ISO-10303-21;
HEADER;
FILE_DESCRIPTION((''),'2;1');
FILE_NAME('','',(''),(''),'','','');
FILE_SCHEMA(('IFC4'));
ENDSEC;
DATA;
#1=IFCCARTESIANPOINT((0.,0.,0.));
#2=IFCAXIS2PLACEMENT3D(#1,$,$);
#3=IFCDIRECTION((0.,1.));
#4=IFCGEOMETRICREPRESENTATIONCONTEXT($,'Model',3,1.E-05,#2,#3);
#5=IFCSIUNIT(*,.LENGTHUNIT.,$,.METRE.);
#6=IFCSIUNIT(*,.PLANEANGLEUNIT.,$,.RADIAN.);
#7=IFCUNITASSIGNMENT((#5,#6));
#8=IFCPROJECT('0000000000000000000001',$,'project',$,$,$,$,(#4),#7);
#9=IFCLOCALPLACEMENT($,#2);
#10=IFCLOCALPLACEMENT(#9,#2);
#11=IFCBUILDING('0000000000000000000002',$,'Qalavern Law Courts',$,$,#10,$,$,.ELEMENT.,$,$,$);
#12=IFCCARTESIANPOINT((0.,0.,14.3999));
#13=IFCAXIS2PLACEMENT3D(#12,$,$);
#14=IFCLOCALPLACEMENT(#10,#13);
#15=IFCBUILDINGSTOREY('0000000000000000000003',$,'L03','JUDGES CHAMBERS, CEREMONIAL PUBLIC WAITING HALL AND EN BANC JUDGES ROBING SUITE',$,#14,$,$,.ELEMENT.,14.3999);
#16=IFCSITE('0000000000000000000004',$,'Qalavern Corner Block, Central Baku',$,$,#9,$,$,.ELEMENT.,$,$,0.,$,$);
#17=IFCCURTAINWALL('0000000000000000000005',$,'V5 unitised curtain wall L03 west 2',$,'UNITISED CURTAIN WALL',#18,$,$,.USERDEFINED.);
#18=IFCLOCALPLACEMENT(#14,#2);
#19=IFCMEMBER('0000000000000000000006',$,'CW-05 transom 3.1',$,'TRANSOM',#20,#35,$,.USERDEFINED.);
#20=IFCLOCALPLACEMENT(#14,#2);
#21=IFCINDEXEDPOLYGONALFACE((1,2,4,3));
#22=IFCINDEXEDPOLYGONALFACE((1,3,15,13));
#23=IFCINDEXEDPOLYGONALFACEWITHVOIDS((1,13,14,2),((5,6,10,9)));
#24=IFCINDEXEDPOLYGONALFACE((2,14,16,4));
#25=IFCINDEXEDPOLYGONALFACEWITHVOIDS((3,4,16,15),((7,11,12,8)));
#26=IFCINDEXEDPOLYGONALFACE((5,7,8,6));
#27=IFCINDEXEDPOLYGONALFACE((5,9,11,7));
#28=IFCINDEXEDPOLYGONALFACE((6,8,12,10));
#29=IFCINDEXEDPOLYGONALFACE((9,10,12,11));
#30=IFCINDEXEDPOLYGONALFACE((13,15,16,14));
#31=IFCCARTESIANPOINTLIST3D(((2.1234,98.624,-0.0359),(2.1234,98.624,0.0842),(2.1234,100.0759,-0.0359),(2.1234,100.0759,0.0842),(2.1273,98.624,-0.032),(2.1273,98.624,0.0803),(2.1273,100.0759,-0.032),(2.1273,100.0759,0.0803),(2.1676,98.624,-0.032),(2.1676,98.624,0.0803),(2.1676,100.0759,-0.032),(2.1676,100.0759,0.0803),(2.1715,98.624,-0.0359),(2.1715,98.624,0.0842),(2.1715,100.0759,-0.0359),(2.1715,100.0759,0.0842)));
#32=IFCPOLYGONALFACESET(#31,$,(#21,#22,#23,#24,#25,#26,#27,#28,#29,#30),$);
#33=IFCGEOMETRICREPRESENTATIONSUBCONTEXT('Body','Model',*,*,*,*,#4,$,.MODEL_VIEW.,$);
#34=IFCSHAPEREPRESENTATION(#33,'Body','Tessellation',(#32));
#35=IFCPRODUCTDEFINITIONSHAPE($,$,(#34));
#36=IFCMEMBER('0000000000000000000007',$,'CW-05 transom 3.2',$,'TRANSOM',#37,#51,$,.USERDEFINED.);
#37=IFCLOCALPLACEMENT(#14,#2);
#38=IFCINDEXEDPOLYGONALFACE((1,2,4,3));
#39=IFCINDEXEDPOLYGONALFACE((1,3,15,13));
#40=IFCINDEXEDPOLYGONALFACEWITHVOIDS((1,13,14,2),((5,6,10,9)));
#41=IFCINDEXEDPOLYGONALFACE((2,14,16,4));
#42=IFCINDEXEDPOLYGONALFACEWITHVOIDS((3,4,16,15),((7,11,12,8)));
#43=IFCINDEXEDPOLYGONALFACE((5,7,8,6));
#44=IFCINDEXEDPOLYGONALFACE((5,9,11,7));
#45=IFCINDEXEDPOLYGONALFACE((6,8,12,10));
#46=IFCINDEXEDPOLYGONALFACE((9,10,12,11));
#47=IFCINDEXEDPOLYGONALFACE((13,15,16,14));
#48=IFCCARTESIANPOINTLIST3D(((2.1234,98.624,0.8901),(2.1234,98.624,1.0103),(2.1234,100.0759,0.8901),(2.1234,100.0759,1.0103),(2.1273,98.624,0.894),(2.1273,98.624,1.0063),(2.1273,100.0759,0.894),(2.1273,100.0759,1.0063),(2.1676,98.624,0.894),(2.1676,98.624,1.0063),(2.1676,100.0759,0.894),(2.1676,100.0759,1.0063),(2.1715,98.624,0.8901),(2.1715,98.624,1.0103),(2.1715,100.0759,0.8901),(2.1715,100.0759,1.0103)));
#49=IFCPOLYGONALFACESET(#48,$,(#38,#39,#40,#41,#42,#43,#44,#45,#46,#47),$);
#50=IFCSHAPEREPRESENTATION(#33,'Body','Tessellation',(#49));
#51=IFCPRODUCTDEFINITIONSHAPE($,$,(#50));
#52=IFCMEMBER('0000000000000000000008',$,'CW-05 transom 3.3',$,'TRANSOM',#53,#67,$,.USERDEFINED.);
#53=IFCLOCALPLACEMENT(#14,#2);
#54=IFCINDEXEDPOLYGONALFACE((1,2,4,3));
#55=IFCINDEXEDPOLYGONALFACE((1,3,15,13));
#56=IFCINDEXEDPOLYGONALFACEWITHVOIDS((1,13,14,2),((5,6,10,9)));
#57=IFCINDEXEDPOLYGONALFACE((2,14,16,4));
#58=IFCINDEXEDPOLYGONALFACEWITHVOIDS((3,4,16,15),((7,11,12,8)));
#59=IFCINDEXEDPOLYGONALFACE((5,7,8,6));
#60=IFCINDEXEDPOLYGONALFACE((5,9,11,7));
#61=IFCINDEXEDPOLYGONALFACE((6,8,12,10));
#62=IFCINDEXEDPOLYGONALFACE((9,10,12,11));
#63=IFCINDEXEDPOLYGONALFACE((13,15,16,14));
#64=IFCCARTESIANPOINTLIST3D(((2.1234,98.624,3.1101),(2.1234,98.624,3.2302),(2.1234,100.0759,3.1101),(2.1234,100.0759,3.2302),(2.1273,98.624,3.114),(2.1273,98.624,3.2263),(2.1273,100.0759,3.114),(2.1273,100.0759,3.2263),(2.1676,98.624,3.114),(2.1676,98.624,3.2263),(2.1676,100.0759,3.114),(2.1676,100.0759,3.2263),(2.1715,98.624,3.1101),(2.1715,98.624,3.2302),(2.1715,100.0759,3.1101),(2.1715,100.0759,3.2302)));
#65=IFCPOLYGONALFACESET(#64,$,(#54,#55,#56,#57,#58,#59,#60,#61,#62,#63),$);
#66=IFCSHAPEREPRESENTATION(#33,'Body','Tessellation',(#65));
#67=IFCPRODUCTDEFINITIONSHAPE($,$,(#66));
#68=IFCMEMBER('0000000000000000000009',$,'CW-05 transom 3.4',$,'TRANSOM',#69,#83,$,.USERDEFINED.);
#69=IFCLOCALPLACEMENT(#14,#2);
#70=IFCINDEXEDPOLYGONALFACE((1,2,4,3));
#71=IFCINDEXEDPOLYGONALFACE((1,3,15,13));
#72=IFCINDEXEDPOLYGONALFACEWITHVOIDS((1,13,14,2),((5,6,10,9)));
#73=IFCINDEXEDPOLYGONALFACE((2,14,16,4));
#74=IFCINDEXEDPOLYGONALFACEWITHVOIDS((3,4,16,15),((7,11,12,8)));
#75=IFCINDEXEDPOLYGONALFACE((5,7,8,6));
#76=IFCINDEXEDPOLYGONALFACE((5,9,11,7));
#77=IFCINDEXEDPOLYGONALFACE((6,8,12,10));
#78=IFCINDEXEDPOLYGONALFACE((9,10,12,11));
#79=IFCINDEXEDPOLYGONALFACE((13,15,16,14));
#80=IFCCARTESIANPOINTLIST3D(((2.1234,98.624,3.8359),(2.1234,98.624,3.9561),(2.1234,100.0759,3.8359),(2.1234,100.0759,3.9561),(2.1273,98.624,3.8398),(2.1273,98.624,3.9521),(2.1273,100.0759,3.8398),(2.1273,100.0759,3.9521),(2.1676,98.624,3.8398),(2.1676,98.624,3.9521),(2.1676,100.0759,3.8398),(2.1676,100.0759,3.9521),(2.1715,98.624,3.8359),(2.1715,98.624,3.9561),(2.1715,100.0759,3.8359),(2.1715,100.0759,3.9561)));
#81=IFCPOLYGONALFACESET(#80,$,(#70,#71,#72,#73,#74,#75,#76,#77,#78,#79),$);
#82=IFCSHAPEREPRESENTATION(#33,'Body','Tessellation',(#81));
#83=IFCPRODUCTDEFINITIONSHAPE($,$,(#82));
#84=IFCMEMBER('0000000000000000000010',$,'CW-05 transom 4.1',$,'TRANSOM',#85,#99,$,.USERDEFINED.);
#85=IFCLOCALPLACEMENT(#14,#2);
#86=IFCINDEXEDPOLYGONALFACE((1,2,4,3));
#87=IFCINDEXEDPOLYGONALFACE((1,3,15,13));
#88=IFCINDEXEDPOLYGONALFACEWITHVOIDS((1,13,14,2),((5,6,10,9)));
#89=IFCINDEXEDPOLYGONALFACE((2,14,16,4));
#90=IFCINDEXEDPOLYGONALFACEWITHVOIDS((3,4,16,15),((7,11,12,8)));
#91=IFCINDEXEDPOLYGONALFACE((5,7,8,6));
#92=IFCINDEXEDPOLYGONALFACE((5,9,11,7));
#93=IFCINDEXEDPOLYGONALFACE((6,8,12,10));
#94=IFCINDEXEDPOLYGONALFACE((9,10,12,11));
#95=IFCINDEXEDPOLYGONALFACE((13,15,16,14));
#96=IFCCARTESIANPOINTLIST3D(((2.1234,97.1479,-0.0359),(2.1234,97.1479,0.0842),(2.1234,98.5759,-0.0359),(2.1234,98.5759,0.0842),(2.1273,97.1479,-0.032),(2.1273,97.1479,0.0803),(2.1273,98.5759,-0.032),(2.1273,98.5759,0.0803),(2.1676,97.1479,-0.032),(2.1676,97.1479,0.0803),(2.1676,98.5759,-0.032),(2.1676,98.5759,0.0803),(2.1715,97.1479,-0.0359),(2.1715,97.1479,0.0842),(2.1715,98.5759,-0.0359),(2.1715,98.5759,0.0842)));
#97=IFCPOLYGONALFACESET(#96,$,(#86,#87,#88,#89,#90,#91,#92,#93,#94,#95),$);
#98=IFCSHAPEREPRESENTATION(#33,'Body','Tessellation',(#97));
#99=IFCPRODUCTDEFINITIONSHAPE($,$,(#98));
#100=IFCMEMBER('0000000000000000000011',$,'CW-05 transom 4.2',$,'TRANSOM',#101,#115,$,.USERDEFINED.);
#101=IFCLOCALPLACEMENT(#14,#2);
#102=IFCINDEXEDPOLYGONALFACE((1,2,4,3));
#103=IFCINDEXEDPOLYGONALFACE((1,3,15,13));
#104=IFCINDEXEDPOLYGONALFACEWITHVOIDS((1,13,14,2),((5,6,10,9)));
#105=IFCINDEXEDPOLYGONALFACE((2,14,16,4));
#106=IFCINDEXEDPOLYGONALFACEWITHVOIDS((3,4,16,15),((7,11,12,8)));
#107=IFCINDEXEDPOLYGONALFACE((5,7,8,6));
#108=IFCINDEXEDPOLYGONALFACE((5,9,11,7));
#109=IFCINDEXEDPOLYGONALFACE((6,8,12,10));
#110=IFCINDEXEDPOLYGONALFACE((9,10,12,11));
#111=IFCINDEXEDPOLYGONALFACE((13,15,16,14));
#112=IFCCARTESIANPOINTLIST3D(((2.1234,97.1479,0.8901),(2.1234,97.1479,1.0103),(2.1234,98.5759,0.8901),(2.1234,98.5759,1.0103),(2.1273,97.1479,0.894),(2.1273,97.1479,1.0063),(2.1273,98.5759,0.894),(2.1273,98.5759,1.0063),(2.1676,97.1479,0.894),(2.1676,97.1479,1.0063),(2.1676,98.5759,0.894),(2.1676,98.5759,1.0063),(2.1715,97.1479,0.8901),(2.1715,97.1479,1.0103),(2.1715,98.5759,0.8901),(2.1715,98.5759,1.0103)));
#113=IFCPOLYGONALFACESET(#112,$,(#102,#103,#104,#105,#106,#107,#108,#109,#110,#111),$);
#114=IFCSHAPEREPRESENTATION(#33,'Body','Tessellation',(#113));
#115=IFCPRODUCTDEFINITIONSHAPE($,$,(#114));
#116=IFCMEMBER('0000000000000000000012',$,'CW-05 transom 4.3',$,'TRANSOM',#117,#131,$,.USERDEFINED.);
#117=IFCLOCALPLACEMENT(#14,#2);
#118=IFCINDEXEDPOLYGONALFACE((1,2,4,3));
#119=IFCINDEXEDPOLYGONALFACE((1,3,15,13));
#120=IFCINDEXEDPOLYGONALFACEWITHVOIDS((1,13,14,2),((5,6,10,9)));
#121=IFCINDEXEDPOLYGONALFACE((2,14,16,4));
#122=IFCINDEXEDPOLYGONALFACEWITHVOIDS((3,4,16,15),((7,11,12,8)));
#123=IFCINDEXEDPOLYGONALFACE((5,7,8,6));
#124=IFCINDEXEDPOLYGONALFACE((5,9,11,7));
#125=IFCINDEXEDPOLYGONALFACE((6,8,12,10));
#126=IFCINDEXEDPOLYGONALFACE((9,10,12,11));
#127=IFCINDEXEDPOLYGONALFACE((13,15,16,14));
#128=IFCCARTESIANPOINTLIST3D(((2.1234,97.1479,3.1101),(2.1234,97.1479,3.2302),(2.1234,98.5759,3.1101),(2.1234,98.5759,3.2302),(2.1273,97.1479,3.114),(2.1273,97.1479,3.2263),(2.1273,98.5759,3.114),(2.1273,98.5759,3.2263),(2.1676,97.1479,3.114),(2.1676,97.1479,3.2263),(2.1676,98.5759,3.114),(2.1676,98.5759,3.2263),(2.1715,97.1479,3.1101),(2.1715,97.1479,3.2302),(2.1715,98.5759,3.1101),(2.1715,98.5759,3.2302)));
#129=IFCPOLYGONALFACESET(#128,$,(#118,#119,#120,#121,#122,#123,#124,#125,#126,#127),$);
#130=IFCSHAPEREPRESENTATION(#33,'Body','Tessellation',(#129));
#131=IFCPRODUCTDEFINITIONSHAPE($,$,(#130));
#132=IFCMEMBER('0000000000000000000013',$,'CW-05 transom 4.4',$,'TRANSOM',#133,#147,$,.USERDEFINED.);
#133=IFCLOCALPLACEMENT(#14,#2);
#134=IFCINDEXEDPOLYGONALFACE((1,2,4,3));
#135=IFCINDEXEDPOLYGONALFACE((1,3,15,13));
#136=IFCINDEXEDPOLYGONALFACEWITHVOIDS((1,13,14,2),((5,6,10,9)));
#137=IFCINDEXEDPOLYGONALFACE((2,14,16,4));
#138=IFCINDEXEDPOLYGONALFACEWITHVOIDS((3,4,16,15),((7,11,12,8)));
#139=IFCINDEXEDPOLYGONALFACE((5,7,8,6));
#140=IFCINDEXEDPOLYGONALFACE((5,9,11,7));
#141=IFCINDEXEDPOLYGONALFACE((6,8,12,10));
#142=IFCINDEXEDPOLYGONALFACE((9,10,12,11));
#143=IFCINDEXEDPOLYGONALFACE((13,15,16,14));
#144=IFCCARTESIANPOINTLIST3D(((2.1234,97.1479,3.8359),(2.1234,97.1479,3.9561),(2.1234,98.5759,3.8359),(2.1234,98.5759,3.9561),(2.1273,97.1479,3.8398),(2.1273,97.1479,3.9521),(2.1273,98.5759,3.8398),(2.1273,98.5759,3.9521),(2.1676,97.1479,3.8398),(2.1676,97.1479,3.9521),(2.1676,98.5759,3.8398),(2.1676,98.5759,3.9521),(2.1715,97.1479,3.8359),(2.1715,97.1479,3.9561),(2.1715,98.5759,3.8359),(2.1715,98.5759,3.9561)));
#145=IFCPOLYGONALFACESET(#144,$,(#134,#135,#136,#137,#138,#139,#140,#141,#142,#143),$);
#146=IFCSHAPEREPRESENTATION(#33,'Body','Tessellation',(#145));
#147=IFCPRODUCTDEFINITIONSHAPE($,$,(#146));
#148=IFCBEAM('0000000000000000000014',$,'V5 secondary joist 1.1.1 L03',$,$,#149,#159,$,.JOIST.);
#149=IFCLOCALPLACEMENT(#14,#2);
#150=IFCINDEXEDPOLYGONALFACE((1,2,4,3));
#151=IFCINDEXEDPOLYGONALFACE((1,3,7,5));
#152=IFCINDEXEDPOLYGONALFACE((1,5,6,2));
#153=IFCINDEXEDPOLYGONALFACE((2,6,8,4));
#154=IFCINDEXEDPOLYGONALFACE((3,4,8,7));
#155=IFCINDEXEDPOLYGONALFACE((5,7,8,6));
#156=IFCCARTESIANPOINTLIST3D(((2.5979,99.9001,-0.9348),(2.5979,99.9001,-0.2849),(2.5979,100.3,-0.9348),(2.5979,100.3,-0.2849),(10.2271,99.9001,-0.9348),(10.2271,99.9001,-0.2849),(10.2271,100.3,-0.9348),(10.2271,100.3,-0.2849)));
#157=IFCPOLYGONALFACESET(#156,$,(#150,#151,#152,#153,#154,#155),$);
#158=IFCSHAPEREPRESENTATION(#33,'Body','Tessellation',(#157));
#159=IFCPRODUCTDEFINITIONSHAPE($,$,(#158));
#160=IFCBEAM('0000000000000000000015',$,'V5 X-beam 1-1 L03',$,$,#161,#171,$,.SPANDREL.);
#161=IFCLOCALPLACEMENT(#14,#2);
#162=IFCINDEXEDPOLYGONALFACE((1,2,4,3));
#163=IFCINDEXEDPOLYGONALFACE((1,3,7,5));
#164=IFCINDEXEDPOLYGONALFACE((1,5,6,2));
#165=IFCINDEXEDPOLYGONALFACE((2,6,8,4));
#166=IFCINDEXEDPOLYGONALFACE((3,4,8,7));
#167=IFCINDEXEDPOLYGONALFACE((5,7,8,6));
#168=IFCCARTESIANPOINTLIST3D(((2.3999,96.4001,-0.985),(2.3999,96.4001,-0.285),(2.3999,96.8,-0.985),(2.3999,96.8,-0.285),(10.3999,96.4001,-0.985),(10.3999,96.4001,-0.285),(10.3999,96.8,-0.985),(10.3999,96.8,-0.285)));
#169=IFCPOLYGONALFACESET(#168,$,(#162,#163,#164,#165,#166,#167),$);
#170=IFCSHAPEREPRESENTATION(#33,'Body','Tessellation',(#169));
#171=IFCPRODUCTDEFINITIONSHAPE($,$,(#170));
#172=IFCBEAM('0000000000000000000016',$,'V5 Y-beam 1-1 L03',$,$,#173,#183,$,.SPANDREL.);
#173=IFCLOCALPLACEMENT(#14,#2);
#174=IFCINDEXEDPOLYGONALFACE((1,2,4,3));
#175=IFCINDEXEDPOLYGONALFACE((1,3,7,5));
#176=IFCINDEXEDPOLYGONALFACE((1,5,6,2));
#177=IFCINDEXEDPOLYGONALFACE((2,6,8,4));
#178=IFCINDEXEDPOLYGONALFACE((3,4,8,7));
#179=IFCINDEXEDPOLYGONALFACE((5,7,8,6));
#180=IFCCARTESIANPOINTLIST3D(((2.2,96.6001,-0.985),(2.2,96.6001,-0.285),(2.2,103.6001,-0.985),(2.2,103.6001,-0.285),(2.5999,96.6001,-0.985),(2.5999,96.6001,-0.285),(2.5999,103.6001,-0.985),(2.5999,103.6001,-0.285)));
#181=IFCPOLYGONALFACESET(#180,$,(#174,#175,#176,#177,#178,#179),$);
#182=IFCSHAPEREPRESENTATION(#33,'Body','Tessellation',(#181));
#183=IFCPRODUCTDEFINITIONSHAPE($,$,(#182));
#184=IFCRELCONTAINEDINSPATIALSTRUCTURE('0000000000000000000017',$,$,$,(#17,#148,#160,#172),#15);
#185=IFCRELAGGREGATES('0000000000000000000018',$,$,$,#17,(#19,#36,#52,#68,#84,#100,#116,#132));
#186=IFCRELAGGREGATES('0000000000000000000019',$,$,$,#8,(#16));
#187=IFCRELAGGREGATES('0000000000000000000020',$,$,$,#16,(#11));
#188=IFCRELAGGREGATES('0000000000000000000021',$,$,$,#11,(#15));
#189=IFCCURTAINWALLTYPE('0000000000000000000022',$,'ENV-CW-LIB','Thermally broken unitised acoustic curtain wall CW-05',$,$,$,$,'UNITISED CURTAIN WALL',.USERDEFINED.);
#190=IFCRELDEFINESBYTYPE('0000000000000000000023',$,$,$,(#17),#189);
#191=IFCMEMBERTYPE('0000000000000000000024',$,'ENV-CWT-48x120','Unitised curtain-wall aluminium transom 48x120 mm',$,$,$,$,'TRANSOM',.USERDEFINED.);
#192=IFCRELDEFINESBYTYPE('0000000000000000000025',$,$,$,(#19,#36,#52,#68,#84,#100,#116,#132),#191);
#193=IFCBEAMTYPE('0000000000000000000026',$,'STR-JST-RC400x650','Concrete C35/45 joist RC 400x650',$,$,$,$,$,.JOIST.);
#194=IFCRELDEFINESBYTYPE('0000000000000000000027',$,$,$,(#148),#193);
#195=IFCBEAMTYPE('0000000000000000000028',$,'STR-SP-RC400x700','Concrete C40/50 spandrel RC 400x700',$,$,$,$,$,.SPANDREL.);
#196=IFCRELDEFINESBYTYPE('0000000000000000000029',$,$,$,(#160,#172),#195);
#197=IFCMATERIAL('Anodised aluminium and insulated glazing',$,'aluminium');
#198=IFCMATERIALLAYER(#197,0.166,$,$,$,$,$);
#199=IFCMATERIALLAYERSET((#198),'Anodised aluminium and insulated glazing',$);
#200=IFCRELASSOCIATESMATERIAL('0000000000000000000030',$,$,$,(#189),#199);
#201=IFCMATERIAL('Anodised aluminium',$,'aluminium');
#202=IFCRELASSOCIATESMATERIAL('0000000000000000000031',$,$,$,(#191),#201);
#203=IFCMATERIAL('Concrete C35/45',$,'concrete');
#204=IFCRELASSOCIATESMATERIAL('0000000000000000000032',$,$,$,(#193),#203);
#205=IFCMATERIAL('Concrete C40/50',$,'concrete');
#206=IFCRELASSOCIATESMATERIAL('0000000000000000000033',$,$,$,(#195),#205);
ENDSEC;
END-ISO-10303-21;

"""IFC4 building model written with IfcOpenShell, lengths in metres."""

from ifc_helpers import new_model, si_unit, direction, frame, origin, origin_2d, place, context, subcontext, project, spatial, rectangle, hollow_rectangle, extrude, material, layer, layer_set, material_profile, profile_set, type_object, element, aggregate, save


model = new_model("IFC4")

# Units and contexts
model_context = context("Model", 3, precision=1e-05, world=origin(), true_north=direction((0.0, 1.0)))
body_context = subcontext(model_context, "Body", "Model", "MODEL_VIEW")
ifc_project = project(units=[si_unit("LENGTHUNIT", "METRE"), si_unit("PLANEANGLEUNIT", "RADIAN")], contexts=[model_context])

# Site, building, storey
site_placement = place(None, origin())
site = spatial("IfcSite", under=ifc_project, at=site_placement, Name="Qalavern Corner Block, Central Baku", CompositionType="ELEMENT", RefElevation=0.0)
building_placement = place(site_placement, origin())
building = spatial("IfcBuilding", under=site, at=building_placement, Name="Qalavern Law Courts", CompositionType="ELEMENT")
storey_placement = place(building_placement, frame((0.0, 0.0, 14.3999)))
storey = spatial("IfcBuildingStorey", under=building, at=storey_placement, Name="L03", Description="JUDGES CHAMBERS, CEREMONIAL PUBLIC WAITING HALL AND EN BANC JUDGES ROBING SUITE", CompositionType="ELEMENT", Elevation=14.3999)

# Shared definitions
ifc_material_1 = material(Name="Anodised aluminium and insulated glazing", Category="aluminium")
ifc_layer_1 = layer(ifc_material_1, 0.166)
ifc_layer_set_1 = layer_set([ifc_layer_1], Name="Anodised aluminium and insulated glazing")
curtain_wall_type = type_object("IfcCurtainWallType", Name="ENV-CW-LIB", Description="Thermally broken unitised acoustic curtain wall CW-05", ElementType="UNITISED CURTAIN WALL", PredefinedType="USERDEFINED", material=ifc_layer_set_1)
ifc_material_2 = material(Name="Anodised aluminium", Category="aluminium")

# Curtain wall
curtain_wall_1_placement = place(storey_placement, origin())
curtain_wall_1 = element("IfcCurtainWall", 1, at=curtain_wall_1_placement, inside=storey, type_object=curtain_wall_type, Name="V5 unitised curtain wall L03 west 2", ObjectType="UNITISED CURTAIN WALL", PredefinedType="USERDEFINED")

# Members
ifc_material_profile_1 = material_profile(ifc_material_2, hollow_rectangle(XDim=0.0481, YDim=0.1201, WallThickness=0.0039, at=origin_2d()), Name="ALU TRANSOM 48x120")
ifc_profile_set_1 = profile_set([ifc_material_profile_1], Name="Anodised aluminium")
member_type_1 = type_object("IfcMemberType", Name="ENV-CWT-48x120", Description="Unitised curtain-wall aluminium transom 48x120 mm", ElementType="TRANSOM", PredefinedType="USERDEFINED", material=ifc_profile_set_1)
member_1_placement = place(storey_placement, frame((2.1475, 100.0759, 0.0242), z_axis=(0.0, -1.0, 0.0), x_axis=(1.0, 0.0, 0.0)))
member_1 = element("IfcMember", 2, at=member_1_placement, type_object=member_type_1, Name="CW-05 transom 3.1", ObjectType="TRANSOM", PredefinedType="USERDEFINED", context=body_context, shape_type="SweptSolid", body=[
    extrude(hollow_rectangle(XDim=0.0481, YDim=0.1201, WallThickness=0.0039, at=origin_2d()), origin(), (0.0, 0.0, 1.0), 1.4519),
])
member_2_placement = place(storey_placement, frame((2.1475, 100.0759, 0.9502), z_axis=(0.0, -1.0, 0.0), x_axis=(1.0, 0.0, 0.0)))
member_2 = element("IfcMember", 3, at=member_2_placement, type_object=member_type_1, Name="CW-05 transom 3.2", ObjectType="TRANSOM", PredefinedType="USERDEFINED", context=body_context, shape_type="SweptSolid", body=[
    extrude(hollow_rectangle(XDim=0.0481, YDim=0.1201, WallThickness=0.0039, at=origin_2d()), origin(), (0.0, 0.0, 1.0), 1.4519),
])
member_3_placement = place(storey_placement, frame((2.1475, 100.0759, 3.1702), z_axis=(0.0, -1.0, 0.0), x_axis=(1.0, 0.0, 0.0)))
member_3 = element("IfcMember", 4, at=member_3_placement, type_object=member_type_1, Name="CW-05 transom 3.3", ObjectType="TRANSOM", PredefinedType="USERDEFINED", context=body_context, shape_type="SweptSolid", body=[
    extrude(hollow_rectangle(XDim=0.0481, YDim=0.1201, WallThickness=0.0039, at=origin_2d()), origin(), (0.0, 0.0, 1.0), 1.4519),
])
member_4_placement = place(storey_placement, frame((2.1475, 100.0759, 3.896), z_axis=(0.0, -1.0, 0.0), x_axis=(1.0, 0.0, 0.0)))
member_4 = element("IfcMember", 5, at=member_4_placement, type_object=member_type_1, Name="CW-05 transom 3.4", ObjectType="TRANSOM", PredefinedType="USERDEFINED", context=body_context, shape_type="SweptSolid", body=[
    extrude(hollow_rectangle(XDim=0.0481, YDim=0.1201, WallThickness=0.0039, at=origin_2d()), origin(), (0.0, 0.0, 1.0), 1.4519),
])
member_5_placement = place(storey_placement, frame((2.1475, 98.5759, 0.0242), z_axis=(0.0, -1.0, 0.0), x_axis=(1.0, 0.0, 0.0)))
member_5 = element("IfcMember", 6, at=member_5_placement, type_object=member_type_1, Name="CW-05 transom 4.1", ObjectType="TRANSOM", PredefinedType="USERDEFINED", context=body_context, shape_type="SweptSolid", body=[
    extrude(hollow_rectangle(XDim=0.0481, YDim=0.1201, WallThickness=0.0039, at=origin_2d()), origin(), (0.0, 0.0, 1.0), 1.428),
])
member_6_placement = place(storey_placement, frame((2.1475, 98.5759, 0.9502), z_axis=(0.0, -1.0, 0.0), x_axis=(1.0, 0.0, 0.0)))
member_6 = element("IfcMember", 7, at=member_6_placement, type_object=member_type_1, Name="CW-05 transom 4.2", ObjectType="TRANSOM", PredefinedType="USERDEFINED", context=body_context, shape_type="SweptSolid", body=[
    extrude(hollow_rectangle(XDim=0.0481, YDim=0.1201, WallThickness=0.0039, at=origin_2d()), origin(), (0.0, 0.0, 1.0), 1.428),
])
member_7_placement = place(storey_placement, frame((2.1475, 98.5759, 3.1702), z_axis=(0.0, -1.0, 0.0), x_axis=(1.0, 0.0, 0.0)))
member_7 = element("IfcMember", 8, at=member_7_placement, type_object=member_type_1, Name="CW-05 transom 4.3", ObjectType="TRANSOM", PredefinedType="USERDEFINED", context=body_context, shape_type="SweptSolid", body=[
    extrude(hollow_rectangle(XDim=0.0481, YDim=0.1201, WallThickness=0.0039, at=origin_2d()), origin(), (0.0, 0.0, 1.0), 1.428),
])
member_8_placement = place(storey_placement, frame((2.1475, 98.5759, 3.896), z_axis=(0.0, -1.0, 0.0), x_axis=(1.0, 0.0, 0.0)))
member_8 = element("IfcMember", 9, at=member_8_placement, type_object=member_type_1, Name="CW-05 transom 4.4", ObjectType="TRANSOM", PredefinedType="USERDEFINED", context=body_context, shape_type="SweptSolid", body=[
    extrude(hollow_rectangle(XDim=0.0481, YDim=0.1201, WallThickness=0.0039, at=origin_2d()), origin(), (0.0, 0.0, 1.0), 1.428),
])

# Beams
ifc_material_3 = material(Name="Concrete C35/45", Category="concrete")
ifc_material_profile_2 = material_profile(ifc_material_3, rectangle(XDim=0.3999, YDim=0.6499, at=origin_2d()), Name="RC 400x650")
ifc_profile_set_2 = profile_set([ifc_material_profile_2], Name="Concrete C35/45")
beam_type_1 = type_object("IfcBeamType", Name="STR-JST-RC400x650", Description="Concrete C35/45 joist RC 400x650", PredefinedType="JOIST", material=ifc_profile_set_2)
beam_1_placement = place(storey_placement, frame((2.5979, 100.1001, -0.6099), z_axis=(1.0, 0.0, 0.0), x_axis=(0.0, 1.0, 0.0)))
element("IfcBeam", 10, at=beam_1_placement, inside=storey, type_object=beam_type_1, Name="V5 secondary joist 1.1.1 L03", PredefinedType="JOIST", context=body_context, shape_type="SweptSolid", body=[
    extrude(rectangle(XDim=0.3999, YDim=0.6499, at=origin_2d()), origin(), (0.0, 0.0, 1.0), 7.6292),
])
ifc_material_4 = material(Name="Concrete C40/50", Category="concrete")
ifc_material_profile_3 = material_profile(ifc_material_4, rectangle(XDim=0.3999, YDim=0.7, at=origin_2d()), Name="RC 400x700")
ifc_profile_set_3 = profile_set([ifc_material_profile_3], Name="Concrete C40/50")
beam_type_2 = type_object("IfcBeamType", Name="STR-SP-RC400x700", Description="Concrete C40/50 spandrel RC 400x700", PredefinedType="SPANDREL", material=ifc_profile_set_3)
beam_2_placement = place(storey_placement, frame((2.3999, 96.6001, -0.635), z_axis=(1.0, 0.0, 0.0), x_axis=(0.0, 1.0, 0.0)))
element("IfcBeam", 11, at=beam_2_placement, inside=storey, type_object=beam_type_2, Name="V5 X-beam 1-1 L03", PredefinedType="SPANDREL", context=body_context, shape_type="SweptSolid", body=[
    extrude(rectangle(XDim=0.3999, YDim=0.7, at=origin_2d()), origin(), (0.0, 0.0, 1.0), 8.0),
])
beam_3_placement = place(storey_placement, frame((2.3999, 96.6001, -0.635), z_axis=(0.0, 1.0, 0.0), x_axis=(-1.0, 0.0, 0.0)))
element("IfcBeam", 12, at=beam_3_placement, inside=storey, type_object=beam_type_2, Name="V5 Y-beam 1-1 L03", PredefinedType="SPANDREL", context=body_context, shape_type="SweptSolid", body=[
    extrude(rectangle(XDim=0.3999, YDim=0.7, at=origin_2d()), origin(), (0.0, 0.0, 1.0), 7.0),
])

aggregate(curtain_wall_1, [member_1, member_2, member_3, member_4, member_5, member_6, member_7, member_8])

save(model, "model.ifc")
